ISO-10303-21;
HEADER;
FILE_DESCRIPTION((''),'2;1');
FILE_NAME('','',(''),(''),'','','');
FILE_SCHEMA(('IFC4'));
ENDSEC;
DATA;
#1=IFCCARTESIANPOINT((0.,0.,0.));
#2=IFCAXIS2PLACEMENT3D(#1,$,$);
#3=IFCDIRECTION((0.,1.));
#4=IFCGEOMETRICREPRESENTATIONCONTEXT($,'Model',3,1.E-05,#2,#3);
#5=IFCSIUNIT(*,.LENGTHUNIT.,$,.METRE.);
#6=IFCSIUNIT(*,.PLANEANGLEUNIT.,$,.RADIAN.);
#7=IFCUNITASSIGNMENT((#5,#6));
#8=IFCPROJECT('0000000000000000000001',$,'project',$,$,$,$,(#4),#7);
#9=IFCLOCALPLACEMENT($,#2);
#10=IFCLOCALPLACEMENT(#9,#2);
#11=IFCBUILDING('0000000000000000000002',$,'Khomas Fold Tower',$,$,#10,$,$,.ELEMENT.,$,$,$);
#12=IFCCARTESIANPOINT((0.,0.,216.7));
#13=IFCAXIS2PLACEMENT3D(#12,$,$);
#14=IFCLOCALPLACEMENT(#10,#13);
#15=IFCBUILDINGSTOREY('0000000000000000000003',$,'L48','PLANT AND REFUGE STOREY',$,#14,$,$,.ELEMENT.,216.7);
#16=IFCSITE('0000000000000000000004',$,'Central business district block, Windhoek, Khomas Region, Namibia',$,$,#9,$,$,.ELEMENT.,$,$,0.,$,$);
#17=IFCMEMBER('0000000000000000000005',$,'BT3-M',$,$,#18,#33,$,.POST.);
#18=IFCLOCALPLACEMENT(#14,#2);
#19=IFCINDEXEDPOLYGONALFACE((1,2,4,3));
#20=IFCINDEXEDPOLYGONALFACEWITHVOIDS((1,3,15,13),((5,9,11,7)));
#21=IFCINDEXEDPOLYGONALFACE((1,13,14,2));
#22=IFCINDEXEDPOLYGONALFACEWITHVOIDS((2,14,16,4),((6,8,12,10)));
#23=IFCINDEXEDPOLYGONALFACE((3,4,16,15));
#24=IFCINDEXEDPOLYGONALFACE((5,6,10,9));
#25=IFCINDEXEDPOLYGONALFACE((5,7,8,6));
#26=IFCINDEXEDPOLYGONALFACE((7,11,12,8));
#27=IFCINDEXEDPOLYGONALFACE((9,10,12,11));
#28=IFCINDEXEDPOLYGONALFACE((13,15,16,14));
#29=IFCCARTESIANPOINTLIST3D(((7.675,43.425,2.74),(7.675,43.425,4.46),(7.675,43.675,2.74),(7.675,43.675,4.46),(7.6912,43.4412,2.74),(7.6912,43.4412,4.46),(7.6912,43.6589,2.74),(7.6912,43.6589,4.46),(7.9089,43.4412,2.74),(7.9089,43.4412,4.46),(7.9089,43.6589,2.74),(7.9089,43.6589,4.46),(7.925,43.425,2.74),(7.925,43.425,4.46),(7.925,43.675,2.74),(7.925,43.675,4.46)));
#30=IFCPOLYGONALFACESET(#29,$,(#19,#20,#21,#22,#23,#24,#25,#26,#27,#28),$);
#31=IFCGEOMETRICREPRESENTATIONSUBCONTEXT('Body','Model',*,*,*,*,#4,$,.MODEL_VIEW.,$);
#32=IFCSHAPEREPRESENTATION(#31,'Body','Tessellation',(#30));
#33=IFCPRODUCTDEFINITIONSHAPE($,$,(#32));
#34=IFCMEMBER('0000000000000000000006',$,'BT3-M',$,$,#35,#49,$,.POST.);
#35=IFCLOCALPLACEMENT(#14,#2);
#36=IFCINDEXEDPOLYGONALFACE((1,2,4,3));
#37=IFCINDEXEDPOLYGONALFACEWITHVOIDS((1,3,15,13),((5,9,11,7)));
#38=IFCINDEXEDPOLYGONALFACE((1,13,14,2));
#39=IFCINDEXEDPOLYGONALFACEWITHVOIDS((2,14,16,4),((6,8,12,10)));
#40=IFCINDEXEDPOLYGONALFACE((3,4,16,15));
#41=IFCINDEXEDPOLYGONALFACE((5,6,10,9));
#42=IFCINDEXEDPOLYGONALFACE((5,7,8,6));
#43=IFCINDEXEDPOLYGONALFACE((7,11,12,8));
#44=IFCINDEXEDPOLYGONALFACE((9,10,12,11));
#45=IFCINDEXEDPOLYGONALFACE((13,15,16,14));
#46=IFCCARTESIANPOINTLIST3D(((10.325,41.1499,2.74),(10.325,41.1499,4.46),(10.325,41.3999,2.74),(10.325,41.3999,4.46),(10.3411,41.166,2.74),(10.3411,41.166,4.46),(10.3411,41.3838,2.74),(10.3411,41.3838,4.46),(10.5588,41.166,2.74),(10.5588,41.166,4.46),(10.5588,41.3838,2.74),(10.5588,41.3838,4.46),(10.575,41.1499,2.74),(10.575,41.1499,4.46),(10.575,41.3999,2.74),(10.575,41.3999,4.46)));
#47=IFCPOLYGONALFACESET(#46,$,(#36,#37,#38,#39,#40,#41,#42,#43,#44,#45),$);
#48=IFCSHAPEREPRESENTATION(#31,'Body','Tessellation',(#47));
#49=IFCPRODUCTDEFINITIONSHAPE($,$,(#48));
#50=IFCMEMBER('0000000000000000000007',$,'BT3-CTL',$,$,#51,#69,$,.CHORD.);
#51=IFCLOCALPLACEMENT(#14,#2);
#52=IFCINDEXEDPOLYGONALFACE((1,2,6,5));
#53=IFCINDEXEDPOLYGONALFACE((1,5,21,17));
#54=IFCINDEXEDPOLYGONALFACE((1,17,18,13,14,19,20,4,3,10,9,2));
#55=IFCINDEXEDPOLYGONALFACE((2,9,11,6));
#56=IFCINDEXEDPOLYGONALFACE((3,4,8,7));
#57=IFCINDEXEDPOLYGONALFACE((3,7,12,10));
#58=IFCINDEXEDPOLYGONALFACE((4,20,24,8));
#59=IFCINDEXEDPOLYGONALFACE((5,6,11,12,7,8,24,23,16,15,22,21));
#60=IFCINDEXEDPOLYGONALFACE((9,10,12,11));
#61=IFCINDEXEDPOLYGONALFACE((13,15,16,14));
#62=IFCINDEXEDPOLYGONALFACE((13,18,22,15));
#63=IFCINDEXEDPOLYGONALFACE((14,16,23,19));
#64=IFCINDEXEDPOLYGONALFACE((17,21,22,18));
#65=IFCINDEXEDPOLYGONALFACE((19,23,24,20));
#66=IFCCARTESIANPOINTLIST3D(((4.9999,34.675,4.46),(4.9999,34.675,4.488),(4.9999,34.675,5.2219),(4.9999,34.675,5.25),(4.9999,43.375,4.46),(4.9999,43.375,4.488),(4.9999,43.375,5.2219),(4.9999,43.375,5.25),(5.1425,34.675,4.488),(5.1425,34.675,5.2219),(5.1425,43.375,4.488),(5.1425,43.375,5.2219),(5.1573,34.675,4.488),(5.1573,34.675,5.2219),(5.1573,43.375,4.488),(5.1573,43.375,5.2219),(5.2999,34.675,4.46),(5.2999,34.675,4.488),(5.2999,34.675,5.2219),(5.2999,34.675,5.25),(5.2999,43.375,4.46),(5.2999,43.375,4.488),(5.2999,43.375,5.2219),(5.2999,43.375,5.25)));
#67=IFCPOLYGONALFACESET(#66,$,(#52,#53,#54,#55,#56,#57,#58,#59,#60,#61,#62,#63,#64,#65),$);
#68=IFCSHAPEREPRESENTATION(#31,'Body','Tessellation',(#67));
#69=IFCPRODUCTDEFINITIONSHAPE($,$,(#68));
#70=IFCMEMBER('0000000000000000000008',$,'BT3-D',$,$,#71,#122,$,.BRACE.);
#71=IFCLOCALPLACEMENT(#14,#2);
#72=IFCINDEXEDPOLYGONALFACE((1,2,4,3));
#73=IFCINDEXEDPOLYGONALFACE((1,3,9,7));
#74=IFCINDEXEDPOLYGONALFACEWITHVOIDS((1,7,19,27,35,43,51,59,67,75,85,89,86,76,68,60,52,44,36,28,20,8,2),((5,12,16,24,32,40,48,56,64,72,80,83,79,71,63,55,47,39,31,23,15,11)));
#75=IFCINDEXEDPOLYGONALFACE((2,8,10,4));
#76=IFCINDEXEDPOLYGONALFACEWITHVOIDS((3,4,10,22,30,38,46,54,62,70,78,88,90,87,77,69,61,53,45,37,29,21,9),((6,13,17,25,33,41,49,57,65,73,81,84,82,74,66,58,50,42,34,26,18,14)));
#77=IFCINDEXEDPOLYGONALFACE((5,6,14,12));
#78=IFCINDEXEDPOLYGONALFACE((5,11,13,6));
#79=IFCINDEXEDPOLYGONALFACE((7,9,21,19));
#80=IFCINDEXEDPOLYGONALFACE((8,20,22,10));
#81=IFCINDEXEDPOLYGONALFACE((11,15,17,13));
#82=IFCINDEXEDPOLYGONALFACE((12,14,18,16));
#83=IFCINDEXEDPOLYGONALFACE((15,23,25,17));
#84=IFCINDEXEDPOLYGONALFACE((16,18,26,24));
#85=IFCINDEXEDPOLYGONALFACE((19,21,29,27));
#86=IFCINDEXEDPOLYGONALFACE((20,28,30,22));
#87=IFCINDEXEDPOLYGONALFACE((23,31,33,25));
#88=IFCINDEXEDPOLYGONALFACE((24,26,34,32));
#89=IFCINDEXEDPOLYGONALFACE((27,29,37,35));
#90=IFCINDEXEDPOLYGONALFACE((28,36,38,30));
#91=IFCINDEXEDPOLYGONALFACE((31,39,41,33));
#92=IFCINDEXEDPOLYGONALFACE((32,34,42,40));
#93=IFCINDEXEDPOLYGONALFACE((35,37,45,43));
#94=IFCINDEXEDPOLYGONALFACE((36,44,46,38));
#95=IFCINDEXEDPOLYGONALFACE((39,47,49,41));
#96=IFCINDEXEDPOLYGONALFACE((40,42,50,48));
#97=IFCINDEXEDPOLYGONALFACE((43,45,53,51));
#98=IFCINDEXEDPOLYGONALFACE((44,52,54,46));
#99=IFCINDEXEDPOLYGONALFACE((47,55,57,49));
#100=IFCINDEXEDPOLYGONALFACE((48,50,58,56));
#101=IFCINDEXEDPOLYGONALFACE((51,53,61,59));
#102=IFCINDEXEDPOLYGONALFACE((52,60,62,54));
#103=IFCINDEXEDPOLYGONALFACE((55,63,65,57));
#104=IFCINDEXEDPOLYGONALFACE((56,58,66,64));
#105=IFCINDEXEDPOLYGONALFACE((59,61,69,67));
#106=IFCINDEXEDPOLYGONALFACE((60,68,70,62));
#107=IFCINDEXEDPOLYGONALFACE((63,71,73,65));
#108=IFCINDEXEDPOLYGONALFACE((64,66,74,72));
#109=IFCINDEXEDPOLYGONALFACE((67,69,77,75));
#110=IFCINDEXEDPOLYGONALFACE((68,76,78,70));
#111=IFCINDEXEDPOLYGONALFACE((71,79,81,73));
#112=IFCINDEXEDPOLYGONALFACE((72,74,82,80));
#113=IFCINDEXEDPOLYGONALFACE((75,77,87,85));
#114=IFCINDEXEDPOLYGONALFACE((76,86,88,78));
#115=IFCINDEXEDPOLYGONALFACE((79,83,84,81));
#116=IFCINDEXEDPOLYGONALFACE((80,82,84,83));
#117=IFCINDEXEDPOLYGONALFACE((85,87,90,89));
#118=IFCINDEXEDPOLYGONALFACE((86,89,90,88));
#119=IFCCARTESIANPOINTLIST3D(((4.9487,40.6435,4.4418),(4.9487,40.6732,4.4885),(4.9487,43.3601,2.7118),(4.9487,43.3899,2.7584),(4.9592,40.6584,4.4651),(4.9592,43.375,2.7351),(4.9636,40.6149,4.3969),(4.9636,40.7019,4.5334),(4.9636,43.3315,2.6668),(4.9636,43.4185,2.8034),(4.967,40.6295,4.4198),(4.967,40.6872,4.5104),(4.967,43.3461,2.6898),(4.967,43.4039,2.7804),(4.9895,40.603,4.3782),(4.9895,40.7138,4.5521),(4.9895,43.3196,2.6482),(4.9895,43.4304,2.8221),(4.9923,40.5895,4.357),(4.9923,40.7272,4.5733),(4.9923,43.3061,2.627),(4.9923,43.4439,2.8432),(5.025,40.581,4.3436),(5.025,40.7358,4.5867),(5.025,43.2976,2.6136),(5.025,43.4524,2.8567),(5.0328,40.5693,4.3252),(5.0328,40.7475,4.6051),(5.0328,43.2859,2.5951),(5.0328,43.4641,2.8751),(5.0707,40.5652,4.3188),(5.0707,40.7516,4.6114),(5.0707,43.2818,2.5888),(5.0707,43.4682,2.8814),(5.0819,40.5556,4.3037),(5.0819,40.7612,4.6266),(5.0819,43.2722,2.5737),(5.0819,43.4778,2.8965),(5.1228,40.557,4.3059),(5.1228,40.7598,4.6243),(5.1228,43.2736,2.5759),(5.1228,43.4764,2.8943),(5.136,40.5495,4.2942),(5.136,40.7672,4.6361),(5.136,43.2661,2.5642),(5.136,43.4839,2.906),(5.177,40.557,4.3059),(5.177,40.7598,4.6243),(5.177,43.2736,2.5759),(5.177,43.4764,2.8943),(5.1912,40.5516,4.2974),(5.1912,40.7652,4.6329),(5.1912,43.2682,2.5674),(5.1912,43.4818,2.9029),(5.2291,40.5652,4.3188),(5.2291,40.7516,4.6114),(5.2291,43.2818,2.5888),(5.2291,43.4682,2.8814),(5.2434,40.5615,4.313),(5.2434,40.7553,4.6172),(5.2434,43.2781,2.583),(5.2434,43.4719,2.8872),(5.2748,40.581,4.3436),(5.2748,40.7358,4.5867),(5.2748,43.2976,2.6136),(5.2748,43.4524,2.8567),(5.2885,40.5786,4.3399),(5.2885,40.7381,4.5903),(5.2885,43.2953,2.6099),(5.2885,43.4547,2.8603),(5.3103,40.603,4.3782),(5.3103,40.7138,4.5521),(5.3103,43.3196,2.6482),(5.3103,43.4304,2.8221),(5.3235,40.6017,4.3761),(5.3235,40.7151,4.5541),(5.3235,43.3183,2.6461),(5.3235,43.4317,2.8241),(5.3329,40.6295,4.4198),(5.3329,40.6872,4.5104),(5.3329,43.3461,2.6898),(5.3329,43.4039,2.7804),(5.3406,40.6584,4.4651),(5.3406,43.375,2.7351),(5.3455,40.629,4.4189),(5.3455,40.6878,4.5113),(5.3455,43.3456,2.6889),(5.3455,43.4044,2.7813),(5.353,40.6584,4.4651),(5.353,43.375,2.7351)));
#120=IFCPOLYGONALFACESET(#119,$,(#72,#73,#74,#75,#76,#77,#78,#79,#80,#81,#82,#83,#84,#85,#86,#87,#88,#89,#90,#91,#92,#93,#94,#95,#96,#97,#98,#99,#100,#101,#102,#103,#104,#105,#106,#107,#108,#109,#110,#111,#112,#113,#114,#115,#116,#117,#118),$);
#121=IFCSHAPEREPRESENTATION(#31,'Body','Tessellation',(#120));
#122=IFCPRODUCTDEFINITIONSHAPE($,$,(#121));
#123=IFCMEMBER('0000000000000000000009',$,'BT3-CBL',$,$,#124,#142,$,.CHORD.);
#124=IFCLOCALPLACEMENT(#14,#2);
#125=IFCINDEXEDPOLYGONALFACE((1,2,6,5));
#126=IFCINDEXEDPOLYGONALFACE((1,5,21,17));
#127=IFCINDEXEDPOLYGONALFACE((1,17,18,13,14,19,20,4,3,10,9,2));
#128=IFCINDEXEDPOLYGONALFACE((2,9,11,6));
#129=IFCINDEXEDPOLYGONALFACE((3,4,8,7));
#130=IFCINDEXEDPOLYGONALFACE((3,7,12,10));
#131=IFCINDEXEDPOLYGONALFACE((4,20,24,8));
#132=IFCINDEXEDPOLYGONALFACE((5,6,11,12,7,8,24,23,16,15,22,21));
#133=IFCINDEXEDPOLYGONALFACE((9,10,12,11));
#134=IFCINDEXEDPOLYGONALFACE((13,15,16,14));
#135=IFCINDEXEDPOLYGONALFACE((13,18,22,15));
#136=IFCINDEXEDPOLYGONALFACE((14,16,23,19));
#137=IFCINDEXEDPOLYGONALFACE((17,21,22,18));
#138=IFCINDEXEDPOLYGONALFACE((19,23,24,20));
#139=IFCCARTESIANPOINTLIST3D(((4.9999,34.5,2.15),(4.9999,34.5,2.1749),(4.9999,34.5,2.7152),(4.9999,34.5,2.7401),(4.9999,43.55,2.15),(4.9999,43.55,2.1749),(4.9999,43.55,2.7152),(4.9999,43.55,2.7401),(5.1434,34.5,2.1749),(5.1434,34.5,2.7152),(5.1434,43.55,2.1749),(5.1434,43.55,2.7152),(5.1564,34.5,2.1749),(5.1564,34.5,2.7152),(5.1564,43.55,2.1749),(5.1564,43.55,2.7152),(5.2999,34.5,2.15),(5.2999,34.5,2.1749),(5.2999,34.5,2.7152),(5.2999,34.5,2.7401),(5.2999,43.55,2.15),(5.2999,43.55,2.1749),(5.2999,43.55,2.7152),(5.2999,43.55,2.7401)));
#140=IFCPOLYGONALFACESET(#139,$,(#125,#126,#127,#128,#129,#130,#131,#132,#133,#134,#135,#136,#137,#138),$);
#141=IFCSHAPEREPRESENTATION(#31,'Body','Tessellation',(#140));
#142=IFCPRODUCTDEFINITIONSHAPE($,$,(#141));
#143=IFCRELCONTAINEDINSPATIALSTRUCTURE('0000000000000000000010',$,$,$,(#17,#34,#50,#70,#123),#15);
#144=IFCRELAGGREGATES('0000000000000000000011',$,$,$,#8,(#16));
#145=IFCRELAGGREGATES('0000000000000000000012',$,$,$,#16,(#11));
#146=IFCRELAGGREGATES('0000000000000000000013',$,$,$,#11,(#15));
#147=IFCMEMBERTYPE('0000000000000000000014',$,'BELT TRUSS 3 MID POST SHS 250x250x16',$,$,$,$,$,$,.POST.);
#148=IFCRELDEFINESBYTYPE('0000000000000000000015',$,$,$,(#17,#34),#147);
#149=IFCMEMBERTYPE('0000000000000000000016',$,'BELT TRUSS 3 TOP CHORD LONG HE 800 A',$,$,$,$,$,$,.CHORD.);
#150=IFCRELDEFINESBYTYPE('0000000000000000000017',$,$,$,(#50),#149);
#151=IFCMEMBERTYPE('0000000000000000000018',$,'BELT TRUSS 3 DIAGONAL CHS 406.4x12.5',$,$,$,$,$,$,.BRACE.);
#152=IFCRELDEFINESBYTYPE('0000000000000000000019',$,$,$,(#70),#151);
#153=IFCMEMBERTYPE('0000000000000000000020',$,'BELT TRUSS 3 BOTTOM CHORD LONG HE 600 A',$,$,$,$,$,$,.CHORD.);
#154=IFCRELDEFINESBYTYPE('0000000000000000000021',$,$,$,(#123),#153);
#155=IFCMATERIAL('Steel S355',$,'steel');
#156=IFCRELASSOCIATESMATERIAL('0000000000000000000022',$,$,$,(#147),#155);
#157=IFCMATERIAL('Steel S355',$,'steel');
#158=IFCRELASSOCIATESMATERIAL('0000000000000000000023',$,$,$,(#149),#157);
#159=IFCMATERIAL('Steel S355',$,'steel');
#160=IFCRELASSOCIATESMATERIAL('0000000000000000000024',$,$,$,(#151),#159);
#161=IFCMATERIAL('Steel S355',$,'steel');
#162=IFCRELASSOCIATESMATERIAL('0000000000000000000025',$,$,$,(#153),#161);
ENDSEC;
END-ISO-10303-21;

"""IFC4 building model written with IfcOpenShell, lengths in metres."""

from ifc_helpers import new_model, si_unit, direction, frame, origin, origin_2d, place, context, subcontext, project, spatial, hollow_rectangle, hollow_circle, i_section, extrude, source, transform, mapped, material, material_profile, profile_set, type_object, element, save


model = new_model("IFC4")

# Units and contexts
model_context = context("Model", 3, precision=1e-05, world=origin(), true_north=direction((0.0, 1.0)))
body_context = subcontext(model_context, "Body", "Model", "MODEL_VIEW")
ifc_project = project(units=[si_unit("LENGTHUNIT", "METRE"), si_unit("PLANEANGLEUNIT", "RADIAN")], contexts=[model_context])

# Site, building, storey
site_placement = place(None, origin())
site = spatial("IfcSite", under=ifc_project, at=site_placement, Name="Central business district block, Windhoek, Khomas Region, Namibia", CompositionType="ELEMENT", RefElevation=0.0)
building_placement = place(site_placement, origin())
building = spatial("IfcBuilding", under=site, at=building_placement, Name="Khomas Fold Tower", CompositionType="ELEMENT")
storey_placement = place(building_placement, frame((0.0, 0.0, 216.7)))
storey = spatial("IfcBuildingStorey", under=building, at=storey_placement, Name="L48", Description="PLANT AND REFUGE STOREY", CompositionType="ELEMENT", Elevation=216.7)

# Members
ifc_material_1 = material(Name="Steel S355", Category="steel")
ifc_material_profile_1 = material_profile(ifc_material_1, hollow_rectangle(XDim=0.25, YDim=0.25, WallThickness=0.0161, at=origin_2d()), Name="SHS 250x250x16")
ifc_profile_set_1 = profile_set([ifc_material_profile_1], Name="Steel S355")
member_type_1 = type_object("IfcMemberType", Name="BELT TRUSS 3 MID POST SHS 250x250x16", PredefinedType="POST", material=ifc_profile_set_1)
shared_shape_1 = source(origin(), body_context, "Body", "SweptSolid", [
    extrude(hollow_rectangle(XDim=0.25, YDim=0.25, WallThickness=0.0161, at=origin_2d()), origin(), (0.0, 0.0, 1.0), 1.72),
])
for number, where, z_axis, x_axis, name in (
    (1, (7.8, 43.55, 2.74), (0.0, 0.0, 1.0), (1.0, 0.0, 0.0), "BT3-M"),
    (2, (10.45, 41.2749, 2.74), (0.0, 0.0, 1.0), (1.0, 0.0, 0.0), "BT3-M"),
):
    element("IfcMember", number, at=place(storey_placement, frame(where, z_axis=z_axis, x_axis=x_axis)), inside=storey, type_object=member_type_1, Name=name, PredefinedType="POST", context=body_context, shape_type="MappedRepresentation", body=[
        mapped(shared_shape_1, transform((0.0, 0.0, 0.0))),
    ])
ifc_material_2 = material(Name="Steel S355", Category="steel")
ifc_material_profile_2 = material_profile(ifc_material_2, i_section(OverallWidth=0.3, OverallDepth=0.79, WebThickness=0.0149, FlangeThickness=0.0281, at=origin_2d()), Name="HE 800 A")
ifc_profile_set_2 = profile_set([ifc_material_profile_2], Name="Steel S355")
member_type_2 = type_object("IfcMemberType", Name="BELT TRUSS 3 TOP CHORD LONG HE 800 A", PredefinedType="CHORD", material=ifc_profile_set_2)
shared_shape_2 = source(origin(), body_context, "Body", "SweptSolid", [
    extrude(i_section(OverallWidth=0.3, OverallDepth=0.79, WebThickness=0.0149, FlangeThickness=0.0281, at=origin_2d()), origin(), (0.0, 0.0, 1.0), 8.7),
])
member_1_placement = place(storey_placement, frame((5.1499, 43.375, 4.855), z_axis=(0.0, -1.0, 0.0), x_axis=(1.0, 0.0, 0.0)))
element("IfcMember", 3, at=member_1_placement, inside=storey, type_object=member_type_2, Name="BT3-CTL", PredefinedType="CHORD", context=body_context, shape_type="MappedRepresentation", body=[
    mapped(shared_shape_2, transform((0.0, 0.0, 0.0))),
])
ifc_material_3 = material(Name="Steel S355", Category="steel")
ifc_material_profile_3 = material_profile(ifc_material_3, hollow_circle(Radius=0.2031, WallThickness=0.0125, at=origin_2d()), Name="CHS 406.4x12.5")
ifc_profile_set_3 = profile_set([ifc_material_profile_3], Name="Steel S355")
member_type_3 = type_object("IfcMemberType", Name="BELT TRUSS 3 DIAGONAL CHS 406.4x12.5", PredefinedType="BRACE", material=ifc_profile_set_3)
shared_shape_3 = source(origin(), body_context, "Body", "SweptSolid", [
    extrude(hollow_circle(Radius=0.2031, WallThickness=0.0125, at=origin_2d()), origin(), (0.0, 0.0, 1.0), 3.2207),
])
member_2_placement = place(storey_placement, frame((5.1499, 43.375, 2.7351), z_axis=(0.0, -0.843484, 0.537155), x_axis=(1.0, 0.0, 0.0)))
element("IfcMember", 4, at=member_2_placement, inside=storey, type_object=member_type_3, Name="BT3-D", PredefinedType="BRACE", context=body_context, shape_type="MappedRepresentation", body=[
    mapped(shared_shape_3, transform((0.0, 0.0, 0.0))),
])
ifc_material_4 = material(Name="Steel S355", Category="steel")
ifc_material_profile_4 = material_profile(ifc_material_4, i_section(OverallWidth=0.3, OverallDepth=0.5901, WebThickness=0.0129, FlangeThickness=0.0249, at=origin_2d()), Name="HE 600 A")
ifc_profile_set_4 = profile_set([ifc_material_profile_4], Name="Steel S355")
member_type_4 = type_object("IfcMemberType", Name="BELT TRUSS 3 BOTTOM CHORD LONG HE 600 A", PredefinedType="CHORD", material=ifc_profile_set_4)
shared_shape_4 = source(origin(), body_context, "Body", "SweptSolid", [
    extrude(i_section(OverallWidth=0.3, OverallDepth=0.5901, WebThickness=0.0129, FlangeThickness=0.0249, at=origin_2d()), origin(), (0.0, 0.0, 1.0), 9.05),
])
member_3_placement = place(storey_placement, frame((5.1499, 43.55, 2.4451), z_axis=(0.0, -1.0, 0.0), x_axis=(1.0, 0.0, 0.0)))
element("IfcMember", 5, at=member_3_placement, inside=storey, type_object=member_type_4, Name="BT3-CBL", PredefinedType="CHORD", context=body_context, shape_type="MappedRepresentation", body=[
    mapped(shared_shape_4, transform((0.0, 0.0, 0.0))),
])

save(model, "model.ifc")
